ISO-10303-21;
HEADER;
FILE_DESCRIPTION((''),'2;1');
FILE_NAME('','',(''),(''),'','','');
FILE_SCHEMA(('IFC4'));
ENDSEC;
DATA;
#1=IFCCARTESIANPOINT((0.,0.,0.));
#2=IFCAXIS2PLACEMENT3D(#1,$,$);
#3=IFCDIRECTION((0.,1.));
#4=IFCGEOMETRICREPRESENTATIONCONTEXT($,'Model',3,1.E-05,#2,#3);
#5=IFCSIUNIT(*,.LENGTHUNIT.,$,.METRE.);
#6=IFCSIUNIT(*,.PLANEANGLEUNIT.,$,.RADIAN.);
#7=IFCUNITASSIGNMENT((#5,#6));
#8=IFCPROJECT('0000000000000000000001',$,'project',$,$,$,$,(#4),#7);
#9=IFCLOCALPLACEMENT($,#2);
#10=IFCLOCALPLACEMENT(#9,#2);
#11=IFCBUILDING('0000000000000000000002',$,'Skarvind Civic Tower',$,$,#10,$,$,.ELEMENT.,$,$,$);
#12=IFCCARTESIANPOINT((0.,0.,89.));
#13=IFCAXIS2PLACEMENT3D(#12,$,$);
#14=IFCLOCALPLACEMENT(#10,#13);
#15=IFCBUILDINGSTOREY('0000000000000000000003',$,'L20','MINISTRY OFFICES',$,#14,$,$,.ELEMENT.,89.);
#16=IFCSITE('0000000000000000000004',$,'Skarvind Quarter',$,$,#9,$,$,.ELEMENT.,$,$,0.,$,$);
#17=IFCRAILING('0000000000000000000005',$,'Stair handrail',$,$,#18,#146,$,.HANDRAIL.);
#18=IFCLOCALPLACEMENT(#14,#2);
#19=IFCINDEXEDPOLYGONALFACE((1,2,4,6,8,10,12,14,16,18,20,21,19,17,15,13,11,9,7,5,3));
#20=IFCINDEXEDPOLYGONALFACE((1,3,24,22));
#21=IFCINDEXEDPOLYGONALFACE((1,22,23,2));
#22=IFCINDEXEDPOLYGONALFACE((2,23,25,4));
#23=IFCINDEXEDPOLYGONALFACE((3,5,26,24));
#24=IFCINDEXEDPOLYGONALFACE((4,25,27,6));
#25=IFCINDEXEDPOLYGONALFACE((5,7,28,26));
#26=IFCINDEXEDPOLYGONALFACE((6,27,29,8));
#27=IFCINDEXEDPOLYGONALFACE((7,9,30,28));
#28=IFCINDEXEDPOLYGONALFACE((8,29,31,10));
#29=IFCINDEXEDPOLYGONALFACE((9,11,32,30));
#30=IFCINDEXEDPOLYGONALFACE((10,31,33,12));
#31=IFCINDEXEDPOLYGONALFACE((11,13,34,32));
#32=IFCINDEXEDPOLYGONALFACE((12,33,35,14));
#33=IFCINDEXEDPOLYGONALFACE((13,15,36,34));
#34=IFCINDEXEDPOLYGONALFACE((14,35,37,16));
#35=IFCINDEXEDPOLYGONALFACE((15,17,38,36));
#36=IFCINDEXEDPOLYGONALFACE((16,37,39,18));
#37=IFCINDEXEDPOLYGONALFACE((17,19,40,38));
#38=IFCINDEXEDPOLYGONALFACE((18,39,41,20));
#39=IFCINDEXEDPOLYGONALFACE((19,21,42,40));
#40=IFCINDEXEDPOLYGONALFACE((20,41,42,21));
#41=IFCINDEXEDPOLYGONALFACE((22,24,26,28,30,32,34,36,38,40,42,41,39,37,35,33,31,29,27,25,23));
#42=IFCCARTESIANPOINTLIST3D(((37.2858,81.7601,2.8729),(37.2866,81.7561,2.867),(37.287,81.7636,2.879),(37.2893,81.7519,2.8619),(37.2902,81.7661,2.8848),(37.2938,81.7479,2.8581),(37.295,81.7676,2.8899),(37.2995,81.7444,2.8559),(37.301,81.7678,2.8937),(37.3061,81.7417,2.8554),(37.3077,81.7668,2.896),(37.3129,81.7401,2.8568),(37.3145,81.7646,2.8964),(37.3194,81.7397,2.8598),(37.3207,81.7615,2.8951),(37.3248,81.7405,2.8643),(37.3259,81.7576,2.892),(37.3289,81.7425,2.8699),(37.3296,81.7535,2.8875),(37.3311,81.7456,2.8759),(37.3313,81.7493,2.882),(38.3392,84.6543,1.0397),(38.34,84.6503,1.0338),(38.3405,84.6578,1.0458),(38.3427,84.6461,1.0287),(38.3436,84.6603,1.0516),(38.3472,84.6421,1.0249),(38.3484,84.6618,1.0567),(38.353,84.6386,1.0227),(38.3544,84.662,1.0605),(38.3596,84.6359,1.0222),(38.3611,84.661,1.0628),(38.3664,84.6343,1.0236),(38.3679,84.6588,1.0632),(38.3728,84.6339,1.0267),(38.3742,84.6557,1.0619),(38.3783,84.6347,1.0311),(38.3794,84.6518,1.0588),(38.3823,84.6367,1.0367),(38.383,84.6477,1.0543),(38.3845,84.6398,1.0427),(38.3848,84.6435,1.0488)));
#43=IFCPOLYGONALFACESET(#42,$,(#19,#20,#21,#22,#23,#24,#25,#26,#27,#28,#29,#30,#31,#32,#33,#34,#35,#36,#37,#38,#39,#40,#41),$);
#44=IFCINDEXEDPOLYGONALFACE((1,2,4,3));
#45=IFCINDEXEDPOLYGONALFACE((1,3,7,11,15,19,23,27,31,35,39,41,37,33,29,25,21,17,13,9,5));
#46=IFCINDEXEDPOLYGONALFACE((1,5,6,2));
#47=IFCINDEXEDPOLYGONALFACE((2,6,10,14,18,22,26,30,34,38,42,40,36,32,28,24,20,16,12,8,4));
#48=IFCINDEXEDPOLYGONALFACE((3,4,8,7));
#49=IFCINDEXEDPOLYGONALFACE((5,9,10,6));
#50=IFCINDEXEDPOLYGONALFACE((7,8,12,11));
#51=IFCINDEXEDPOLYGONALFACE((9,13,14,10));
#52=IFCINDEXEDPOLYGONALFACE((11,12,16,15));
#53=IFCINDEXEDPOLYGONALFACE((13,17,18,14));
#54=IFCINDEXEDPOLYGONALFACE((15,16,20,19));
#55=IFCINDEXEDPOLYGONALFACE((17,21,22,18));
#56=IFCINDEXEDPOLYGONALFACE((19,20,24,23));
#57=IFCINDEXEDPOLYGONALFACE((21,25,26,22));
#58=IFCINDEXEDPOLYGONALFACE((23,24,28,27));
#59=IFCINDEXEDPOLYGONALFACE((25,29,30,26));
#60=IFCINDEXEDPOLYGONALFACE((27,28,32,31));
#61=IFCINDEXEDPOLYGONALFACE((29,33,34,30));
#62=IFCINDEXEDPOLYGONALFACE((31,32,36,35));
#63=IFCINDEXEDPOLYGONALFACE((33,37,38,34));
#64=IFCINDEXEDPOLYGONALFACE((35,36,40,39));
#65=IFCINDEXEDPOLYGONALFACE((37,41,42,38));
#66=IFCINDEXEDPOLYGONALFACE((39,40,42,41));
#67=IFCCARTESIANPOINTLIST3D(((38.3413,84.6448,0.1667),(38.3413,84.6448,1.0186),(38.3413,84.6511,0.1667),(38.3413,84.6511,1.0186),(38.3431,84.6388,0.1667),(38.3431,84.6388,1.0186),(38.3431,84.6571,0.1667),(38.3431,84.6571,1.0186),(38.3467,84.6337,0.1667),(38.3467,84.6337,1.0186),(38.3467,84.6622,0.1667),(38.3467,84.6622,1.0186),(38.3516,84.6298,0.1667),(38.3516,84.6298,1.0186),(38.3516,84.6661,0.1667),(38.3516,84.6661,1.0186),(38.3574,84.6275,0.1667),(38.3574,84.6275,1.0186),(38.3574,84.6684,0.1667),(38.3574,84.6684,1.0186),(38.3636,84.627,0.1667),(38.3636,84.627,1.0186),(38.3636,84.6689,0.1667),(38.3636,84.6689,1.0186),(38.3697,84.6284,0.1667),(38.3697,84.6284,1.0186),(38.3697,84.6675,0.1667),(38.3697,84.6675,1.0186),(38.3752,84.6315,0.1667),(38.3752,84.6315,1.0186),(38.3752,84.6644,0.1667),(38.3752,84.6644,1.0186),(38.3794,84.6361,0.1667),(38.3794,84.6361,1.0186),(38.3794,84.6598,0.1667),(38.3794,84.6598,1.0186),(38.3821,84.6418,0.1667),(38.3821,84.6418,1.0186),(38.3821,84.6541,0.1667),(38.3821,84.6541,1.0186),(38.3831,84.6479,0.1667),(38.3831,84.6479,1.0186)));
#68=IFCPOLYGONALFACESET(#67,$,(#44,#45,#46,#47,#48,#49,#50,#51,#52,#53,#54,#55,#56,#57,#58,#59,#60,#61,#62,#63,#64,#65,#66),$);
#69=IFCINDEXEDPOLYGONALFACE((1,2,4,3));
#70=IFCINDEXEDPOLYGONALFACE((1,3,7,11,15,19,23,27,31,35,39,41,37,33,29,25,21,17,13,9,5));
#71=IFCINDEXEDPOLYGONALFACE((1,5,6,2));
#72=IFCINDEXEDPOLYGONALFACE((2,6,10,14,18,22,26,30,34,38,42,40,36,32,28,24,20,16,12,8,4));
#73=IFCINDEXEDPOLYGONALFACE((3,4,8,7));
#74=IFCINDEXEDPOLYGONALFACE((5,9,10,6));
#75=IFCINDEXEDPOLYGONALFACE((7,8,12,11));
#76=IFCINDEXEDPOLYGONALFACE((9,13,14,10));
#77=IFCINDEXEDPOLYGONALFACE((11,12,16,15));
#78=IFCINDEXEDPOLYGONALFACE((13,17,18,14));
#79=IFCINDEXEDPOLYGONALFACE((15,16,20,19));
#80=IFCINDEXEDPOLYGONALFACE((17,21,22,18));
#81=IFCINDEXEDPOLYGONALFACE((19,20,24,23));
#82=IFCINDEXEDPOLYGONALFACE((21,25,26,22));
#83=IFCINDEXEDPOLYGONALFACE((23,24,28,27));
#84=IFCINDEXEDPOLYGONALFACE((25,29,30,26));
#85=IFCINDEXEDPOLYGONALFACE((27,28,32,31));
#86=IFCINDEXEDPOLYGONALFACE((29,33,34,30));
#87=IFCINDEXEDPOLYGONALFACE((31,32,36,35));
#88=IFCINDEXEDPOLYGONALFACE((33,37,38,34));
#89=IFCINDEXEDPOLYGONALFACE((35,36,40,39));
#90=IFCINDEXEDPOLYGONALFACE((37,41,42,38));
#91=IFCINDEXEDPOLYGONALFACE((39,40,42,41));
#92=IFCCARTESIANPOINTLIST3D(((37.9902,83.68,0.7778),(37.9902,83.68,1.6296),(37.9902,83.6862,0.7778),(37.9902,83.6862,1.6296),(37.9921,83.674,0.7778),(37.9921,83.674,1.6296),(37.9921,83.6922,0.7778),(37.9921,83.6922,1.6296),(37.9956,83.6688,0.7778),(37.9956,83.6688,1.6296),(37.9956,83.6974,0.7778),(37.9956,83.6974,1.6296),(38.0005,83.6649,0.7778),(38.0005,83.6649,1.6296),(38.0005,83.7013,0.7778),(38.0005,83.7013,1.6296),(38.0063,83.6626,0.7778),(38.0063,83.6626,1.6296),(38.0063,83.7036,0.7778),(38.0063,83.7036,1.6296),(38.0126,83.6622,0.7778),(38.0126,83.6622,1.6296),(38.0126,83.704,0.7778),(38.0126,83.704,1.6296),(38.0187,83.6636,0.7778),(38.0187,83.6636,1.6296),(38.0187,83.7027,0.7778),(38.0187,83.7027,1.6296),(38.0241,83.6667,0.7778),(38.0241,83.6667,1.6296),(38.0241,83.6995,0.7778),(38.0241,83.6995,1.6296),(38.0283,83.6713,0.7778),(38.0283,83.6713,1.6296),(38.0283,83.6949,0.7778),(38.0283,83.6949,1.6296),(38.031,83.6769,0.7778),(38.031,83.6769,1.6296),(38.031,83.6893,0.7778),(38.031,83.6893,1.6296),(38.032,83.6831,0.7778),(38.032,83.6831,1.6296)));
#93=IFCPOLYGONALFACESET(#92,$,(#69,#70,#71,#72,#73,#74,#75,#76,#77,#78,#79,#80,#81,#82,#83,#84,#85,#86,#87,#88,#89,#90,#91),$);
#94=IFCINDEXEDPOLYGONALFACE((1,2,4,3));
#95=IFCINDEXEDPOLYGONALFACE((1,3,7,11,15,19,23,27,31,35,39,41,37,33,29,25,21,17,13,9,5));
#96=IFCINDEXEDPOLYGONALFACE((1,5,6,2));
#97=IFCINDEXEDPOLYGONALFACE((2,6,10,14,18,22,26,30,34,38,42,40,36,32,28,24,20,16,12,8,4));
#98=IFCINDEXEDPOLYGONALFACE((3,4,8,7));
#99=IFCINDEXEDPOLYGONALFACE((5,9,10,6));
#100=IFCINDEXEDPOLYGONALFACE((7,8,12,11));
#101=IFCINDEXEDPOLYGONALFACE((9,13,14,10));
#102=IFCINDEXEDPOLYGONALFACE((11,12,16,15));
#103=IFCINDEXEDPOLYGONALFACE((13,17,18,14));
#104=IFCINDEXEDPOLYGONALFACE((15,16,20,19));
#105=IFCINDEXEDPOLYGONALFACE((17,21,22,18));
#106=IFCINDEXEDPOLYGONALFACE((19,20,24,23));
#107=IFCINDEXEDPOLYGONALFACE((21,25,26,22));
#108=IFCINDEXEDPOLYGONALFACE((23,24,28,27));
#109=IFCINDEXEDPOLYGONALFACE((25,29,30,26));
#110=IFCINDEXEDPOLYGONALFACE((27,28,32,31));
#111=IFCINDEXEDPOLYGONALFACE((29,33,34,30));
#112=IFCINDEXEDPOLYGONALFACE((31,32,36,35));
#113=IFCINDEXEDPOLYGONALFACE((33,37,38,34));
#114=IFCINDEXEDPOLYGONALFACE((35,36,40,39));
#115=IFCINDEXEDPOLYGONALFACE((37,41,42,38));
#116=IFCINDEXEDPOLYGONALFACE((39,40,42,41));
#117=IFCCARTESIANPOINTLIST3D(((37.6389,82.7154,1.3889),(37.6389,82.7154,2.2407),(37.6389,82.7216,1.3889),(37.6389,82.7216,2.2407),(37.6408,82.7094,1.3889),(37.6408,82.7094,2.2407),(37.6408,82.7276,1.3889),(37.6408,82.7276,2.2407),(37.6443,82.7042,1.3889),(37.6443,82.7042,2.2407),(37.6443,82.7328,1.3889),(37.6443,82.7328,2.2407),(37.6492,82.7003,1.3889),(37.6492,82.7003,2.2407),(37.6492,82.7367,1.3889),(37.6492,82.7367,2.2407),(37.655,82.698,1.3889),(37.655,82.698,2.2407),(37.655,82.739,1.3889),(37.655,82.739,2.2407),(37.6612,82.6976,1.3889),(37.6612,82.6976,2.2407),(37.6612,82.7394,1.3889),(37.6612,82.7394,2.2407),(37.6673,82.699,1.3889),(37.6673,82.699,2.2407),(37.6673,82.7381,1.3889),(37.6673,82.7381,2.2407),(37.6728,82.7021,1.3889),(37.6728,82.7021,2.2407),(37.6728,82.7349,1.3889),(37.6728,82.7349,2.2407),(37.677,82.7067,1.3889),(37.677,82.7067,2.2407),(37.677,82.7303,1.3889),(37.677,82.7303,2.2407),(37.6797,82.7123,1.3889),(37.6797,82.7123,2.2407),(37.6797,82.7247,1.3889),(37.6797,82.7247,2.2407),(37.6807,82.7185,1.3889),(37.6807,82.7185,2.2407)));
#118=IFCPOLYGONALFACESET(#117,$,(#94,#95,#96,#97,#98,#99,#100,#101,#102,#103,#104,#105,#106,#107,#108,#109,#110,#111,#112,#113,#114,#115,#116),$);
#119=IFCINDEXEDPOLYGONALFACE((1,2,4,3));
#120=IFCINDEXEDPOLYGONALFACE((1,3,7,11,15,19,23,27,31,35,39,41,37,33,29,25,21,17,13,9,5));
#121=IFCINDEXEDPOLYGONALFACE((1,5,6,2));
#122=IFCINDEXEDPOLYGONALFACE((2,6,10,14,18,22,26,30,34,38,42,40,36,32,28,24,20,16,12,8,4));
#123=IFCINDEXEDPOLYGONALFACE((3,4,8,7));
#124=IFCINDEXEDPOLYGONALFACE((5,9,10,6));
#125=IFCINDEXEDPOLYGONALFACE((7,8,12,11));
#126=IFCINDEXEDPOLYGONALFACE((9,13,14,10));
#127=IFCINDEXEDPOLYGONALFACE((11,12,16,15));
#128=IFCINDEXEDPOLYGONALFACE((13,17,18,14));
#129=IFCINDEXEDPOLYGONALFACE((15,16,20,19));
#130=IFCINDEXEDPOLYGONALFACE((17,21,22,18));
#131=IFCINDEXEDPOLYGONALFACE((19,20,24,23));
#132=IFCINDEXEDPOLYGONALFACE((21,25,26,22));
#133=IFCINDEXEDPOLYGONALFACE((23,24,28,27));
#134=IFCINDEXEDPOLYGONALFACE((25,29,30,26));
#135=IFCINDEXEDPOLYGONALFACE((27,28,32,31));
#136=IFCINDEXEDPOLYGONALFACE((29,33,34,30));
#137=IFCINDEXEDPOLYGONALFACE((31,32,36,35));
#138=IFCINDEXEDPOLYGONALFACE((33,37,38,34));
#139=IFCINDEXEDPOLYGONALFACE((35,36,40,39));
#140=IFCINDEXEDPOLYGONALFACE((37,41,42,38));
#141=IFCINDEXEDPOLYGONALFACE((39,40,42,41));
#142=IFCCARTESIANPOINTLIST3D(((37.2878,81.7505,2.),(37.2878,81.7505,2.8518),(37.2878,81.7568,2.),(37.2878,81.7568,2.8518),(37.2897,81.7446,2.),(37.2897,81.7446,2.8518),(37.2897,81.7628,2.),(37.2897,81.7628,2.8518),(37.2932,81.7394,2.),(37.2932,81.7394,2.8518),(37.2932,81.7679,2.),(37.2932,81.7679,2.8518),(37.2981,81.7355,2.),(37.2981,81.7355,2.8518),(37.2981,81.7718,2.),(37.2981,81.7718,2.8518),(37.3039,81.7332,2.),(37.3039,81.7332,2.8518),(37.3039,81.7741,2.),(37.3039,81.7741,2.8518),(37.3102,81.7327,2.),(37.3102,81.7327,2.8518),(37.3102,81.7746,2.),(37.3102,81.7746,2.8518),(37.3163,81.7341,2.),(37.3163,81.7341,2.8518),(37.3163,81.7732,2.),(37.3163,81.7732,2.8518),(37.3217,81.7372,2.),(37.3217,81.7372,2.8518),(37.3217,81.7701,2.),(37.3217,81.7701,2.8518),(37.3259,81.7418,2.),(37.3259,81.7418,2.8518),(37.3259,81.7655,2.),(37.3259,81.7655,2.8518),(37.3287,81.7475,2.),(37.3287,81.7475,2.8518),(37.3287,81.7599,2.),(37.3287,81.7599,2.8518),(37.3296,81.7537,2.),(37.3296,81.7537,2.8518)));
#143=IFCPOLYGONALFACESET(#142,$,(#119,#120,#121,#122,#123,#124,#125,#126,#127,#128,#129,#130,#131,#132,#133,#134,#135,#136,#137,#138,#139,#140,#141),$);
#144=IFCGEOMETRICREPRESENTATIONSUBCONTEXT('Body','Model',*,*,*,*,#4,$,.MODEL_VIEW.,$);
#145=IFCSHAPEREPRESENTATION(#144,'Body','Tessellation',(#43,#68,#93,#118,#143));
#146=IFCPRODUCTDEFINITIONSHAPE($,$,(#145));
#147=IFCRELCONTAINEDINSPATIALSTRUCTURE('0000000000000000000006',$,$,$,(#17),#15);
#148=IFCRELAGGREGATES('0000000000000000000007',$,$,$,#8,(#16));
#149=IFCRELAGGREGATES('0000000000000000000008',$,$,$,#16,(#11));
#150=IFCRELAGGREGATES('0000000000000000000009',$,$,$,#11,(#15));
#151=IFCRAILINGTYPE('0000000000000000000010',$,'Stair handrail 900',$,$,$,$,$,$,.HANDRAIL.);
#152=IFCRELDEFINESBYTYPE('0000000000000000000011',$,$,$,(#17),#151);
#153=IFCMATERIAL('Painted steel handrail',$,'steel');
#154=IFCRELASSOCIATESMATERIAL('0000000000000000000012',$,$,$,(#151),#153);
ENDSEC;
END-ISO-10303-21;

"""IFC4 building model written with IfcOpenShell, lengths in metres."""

from ifc_helpers import new_model, si_unit, direction, frame, origin, origin_2d, place, context, subcontext, project, spatial, circle, extrude, material, type_object, element, save


model = new_model("IFC4")

# Units and contexts
model_context = context("Model", 3, precision=1e-05, world=origin(), true_north=direction((0.0, 1.0)))
body_context = subcontext(model_context, "Body", "Model", "MODEL_VIEW")
ifc_project = project(units=[si_unit("LENGTHUNIT", "METRE"), si_unit("PLANEANGLEUNIT", "RADIAN")], contexts=[model_context])

# Site, building, storey
site_placement = place(None, origin())
site = spatial("IfcSite", under=ifc_project, at=site_placement, Name="Skarvind Quarter", CompositionType="ELEMENT", RefElevation=0.0)
building_placement = place(site_placement, origin())
building = spatial("IfcBuilding", under=site, at=building_placement, Name="Skarvind Civic Tower", CompositionType="ELEMENT")
storey_placement = place(building_placement, frame((0.0, 0.0, 89.0)))
storey = spatial("IfcBuildingStorey", under=building, at=storey_placement, Name="L20", Description="MINISTRY OFFICES", CompositionType="ELEMENT", Elevation=89.0)

# Railing
ifc_material_1 = material(Name="Painted steel handrail", Category="steel")
railing_type = type_object("IfcRailingType", Name="Stair handrail 900", PredefinedType="HANDRAIL", material=ifc_material_1)
railing_1_placement = place(storey_placement, frame((38.3621, 84.6479, 0.1667)))
element("IfcRailing", 1, at=railing_1_placement, inside=storey, type_object=railing_type, Name="Stair handrail", PredefinedType="HANDRAIL", context=body_context, shape_type="SweptSolid", body=[
    extrude(circle(Radius=0.0239, at=origin_2d()), frame((0.0, 0.0, 0.876), z_axis=(-0.293908, -0.807481, 0.511461), x_axis=(0.939689, -0.342029, 0.0)), (0.0, 0.0, 1.0), 3.5842),
    extrude(circle(Radius=0.021, at=origin_2d()), origin(), (0.0, 0.0, 1.0), 0.8518),
    extrude(circle(Radius=0.021, at=origin_2d()), frame((-0.3511, -0.9648, 0.6111)), (0.0, 0.0, 1.0), 0.8518),
    extrude(circle(Radius=0.021, at=origin_2d()), frame((-0.7024, -1.9294, 1.2222)), (0.0, 0.0, 1.0), 0.8518),
    extrude(circle(Radius=0.021, at=origin_2d()), frame((-1.0535, -2.8943, 1.8333)), (0.0, 0.0, 1.0), 0.8518),
])

save(model, "model.ifc")
